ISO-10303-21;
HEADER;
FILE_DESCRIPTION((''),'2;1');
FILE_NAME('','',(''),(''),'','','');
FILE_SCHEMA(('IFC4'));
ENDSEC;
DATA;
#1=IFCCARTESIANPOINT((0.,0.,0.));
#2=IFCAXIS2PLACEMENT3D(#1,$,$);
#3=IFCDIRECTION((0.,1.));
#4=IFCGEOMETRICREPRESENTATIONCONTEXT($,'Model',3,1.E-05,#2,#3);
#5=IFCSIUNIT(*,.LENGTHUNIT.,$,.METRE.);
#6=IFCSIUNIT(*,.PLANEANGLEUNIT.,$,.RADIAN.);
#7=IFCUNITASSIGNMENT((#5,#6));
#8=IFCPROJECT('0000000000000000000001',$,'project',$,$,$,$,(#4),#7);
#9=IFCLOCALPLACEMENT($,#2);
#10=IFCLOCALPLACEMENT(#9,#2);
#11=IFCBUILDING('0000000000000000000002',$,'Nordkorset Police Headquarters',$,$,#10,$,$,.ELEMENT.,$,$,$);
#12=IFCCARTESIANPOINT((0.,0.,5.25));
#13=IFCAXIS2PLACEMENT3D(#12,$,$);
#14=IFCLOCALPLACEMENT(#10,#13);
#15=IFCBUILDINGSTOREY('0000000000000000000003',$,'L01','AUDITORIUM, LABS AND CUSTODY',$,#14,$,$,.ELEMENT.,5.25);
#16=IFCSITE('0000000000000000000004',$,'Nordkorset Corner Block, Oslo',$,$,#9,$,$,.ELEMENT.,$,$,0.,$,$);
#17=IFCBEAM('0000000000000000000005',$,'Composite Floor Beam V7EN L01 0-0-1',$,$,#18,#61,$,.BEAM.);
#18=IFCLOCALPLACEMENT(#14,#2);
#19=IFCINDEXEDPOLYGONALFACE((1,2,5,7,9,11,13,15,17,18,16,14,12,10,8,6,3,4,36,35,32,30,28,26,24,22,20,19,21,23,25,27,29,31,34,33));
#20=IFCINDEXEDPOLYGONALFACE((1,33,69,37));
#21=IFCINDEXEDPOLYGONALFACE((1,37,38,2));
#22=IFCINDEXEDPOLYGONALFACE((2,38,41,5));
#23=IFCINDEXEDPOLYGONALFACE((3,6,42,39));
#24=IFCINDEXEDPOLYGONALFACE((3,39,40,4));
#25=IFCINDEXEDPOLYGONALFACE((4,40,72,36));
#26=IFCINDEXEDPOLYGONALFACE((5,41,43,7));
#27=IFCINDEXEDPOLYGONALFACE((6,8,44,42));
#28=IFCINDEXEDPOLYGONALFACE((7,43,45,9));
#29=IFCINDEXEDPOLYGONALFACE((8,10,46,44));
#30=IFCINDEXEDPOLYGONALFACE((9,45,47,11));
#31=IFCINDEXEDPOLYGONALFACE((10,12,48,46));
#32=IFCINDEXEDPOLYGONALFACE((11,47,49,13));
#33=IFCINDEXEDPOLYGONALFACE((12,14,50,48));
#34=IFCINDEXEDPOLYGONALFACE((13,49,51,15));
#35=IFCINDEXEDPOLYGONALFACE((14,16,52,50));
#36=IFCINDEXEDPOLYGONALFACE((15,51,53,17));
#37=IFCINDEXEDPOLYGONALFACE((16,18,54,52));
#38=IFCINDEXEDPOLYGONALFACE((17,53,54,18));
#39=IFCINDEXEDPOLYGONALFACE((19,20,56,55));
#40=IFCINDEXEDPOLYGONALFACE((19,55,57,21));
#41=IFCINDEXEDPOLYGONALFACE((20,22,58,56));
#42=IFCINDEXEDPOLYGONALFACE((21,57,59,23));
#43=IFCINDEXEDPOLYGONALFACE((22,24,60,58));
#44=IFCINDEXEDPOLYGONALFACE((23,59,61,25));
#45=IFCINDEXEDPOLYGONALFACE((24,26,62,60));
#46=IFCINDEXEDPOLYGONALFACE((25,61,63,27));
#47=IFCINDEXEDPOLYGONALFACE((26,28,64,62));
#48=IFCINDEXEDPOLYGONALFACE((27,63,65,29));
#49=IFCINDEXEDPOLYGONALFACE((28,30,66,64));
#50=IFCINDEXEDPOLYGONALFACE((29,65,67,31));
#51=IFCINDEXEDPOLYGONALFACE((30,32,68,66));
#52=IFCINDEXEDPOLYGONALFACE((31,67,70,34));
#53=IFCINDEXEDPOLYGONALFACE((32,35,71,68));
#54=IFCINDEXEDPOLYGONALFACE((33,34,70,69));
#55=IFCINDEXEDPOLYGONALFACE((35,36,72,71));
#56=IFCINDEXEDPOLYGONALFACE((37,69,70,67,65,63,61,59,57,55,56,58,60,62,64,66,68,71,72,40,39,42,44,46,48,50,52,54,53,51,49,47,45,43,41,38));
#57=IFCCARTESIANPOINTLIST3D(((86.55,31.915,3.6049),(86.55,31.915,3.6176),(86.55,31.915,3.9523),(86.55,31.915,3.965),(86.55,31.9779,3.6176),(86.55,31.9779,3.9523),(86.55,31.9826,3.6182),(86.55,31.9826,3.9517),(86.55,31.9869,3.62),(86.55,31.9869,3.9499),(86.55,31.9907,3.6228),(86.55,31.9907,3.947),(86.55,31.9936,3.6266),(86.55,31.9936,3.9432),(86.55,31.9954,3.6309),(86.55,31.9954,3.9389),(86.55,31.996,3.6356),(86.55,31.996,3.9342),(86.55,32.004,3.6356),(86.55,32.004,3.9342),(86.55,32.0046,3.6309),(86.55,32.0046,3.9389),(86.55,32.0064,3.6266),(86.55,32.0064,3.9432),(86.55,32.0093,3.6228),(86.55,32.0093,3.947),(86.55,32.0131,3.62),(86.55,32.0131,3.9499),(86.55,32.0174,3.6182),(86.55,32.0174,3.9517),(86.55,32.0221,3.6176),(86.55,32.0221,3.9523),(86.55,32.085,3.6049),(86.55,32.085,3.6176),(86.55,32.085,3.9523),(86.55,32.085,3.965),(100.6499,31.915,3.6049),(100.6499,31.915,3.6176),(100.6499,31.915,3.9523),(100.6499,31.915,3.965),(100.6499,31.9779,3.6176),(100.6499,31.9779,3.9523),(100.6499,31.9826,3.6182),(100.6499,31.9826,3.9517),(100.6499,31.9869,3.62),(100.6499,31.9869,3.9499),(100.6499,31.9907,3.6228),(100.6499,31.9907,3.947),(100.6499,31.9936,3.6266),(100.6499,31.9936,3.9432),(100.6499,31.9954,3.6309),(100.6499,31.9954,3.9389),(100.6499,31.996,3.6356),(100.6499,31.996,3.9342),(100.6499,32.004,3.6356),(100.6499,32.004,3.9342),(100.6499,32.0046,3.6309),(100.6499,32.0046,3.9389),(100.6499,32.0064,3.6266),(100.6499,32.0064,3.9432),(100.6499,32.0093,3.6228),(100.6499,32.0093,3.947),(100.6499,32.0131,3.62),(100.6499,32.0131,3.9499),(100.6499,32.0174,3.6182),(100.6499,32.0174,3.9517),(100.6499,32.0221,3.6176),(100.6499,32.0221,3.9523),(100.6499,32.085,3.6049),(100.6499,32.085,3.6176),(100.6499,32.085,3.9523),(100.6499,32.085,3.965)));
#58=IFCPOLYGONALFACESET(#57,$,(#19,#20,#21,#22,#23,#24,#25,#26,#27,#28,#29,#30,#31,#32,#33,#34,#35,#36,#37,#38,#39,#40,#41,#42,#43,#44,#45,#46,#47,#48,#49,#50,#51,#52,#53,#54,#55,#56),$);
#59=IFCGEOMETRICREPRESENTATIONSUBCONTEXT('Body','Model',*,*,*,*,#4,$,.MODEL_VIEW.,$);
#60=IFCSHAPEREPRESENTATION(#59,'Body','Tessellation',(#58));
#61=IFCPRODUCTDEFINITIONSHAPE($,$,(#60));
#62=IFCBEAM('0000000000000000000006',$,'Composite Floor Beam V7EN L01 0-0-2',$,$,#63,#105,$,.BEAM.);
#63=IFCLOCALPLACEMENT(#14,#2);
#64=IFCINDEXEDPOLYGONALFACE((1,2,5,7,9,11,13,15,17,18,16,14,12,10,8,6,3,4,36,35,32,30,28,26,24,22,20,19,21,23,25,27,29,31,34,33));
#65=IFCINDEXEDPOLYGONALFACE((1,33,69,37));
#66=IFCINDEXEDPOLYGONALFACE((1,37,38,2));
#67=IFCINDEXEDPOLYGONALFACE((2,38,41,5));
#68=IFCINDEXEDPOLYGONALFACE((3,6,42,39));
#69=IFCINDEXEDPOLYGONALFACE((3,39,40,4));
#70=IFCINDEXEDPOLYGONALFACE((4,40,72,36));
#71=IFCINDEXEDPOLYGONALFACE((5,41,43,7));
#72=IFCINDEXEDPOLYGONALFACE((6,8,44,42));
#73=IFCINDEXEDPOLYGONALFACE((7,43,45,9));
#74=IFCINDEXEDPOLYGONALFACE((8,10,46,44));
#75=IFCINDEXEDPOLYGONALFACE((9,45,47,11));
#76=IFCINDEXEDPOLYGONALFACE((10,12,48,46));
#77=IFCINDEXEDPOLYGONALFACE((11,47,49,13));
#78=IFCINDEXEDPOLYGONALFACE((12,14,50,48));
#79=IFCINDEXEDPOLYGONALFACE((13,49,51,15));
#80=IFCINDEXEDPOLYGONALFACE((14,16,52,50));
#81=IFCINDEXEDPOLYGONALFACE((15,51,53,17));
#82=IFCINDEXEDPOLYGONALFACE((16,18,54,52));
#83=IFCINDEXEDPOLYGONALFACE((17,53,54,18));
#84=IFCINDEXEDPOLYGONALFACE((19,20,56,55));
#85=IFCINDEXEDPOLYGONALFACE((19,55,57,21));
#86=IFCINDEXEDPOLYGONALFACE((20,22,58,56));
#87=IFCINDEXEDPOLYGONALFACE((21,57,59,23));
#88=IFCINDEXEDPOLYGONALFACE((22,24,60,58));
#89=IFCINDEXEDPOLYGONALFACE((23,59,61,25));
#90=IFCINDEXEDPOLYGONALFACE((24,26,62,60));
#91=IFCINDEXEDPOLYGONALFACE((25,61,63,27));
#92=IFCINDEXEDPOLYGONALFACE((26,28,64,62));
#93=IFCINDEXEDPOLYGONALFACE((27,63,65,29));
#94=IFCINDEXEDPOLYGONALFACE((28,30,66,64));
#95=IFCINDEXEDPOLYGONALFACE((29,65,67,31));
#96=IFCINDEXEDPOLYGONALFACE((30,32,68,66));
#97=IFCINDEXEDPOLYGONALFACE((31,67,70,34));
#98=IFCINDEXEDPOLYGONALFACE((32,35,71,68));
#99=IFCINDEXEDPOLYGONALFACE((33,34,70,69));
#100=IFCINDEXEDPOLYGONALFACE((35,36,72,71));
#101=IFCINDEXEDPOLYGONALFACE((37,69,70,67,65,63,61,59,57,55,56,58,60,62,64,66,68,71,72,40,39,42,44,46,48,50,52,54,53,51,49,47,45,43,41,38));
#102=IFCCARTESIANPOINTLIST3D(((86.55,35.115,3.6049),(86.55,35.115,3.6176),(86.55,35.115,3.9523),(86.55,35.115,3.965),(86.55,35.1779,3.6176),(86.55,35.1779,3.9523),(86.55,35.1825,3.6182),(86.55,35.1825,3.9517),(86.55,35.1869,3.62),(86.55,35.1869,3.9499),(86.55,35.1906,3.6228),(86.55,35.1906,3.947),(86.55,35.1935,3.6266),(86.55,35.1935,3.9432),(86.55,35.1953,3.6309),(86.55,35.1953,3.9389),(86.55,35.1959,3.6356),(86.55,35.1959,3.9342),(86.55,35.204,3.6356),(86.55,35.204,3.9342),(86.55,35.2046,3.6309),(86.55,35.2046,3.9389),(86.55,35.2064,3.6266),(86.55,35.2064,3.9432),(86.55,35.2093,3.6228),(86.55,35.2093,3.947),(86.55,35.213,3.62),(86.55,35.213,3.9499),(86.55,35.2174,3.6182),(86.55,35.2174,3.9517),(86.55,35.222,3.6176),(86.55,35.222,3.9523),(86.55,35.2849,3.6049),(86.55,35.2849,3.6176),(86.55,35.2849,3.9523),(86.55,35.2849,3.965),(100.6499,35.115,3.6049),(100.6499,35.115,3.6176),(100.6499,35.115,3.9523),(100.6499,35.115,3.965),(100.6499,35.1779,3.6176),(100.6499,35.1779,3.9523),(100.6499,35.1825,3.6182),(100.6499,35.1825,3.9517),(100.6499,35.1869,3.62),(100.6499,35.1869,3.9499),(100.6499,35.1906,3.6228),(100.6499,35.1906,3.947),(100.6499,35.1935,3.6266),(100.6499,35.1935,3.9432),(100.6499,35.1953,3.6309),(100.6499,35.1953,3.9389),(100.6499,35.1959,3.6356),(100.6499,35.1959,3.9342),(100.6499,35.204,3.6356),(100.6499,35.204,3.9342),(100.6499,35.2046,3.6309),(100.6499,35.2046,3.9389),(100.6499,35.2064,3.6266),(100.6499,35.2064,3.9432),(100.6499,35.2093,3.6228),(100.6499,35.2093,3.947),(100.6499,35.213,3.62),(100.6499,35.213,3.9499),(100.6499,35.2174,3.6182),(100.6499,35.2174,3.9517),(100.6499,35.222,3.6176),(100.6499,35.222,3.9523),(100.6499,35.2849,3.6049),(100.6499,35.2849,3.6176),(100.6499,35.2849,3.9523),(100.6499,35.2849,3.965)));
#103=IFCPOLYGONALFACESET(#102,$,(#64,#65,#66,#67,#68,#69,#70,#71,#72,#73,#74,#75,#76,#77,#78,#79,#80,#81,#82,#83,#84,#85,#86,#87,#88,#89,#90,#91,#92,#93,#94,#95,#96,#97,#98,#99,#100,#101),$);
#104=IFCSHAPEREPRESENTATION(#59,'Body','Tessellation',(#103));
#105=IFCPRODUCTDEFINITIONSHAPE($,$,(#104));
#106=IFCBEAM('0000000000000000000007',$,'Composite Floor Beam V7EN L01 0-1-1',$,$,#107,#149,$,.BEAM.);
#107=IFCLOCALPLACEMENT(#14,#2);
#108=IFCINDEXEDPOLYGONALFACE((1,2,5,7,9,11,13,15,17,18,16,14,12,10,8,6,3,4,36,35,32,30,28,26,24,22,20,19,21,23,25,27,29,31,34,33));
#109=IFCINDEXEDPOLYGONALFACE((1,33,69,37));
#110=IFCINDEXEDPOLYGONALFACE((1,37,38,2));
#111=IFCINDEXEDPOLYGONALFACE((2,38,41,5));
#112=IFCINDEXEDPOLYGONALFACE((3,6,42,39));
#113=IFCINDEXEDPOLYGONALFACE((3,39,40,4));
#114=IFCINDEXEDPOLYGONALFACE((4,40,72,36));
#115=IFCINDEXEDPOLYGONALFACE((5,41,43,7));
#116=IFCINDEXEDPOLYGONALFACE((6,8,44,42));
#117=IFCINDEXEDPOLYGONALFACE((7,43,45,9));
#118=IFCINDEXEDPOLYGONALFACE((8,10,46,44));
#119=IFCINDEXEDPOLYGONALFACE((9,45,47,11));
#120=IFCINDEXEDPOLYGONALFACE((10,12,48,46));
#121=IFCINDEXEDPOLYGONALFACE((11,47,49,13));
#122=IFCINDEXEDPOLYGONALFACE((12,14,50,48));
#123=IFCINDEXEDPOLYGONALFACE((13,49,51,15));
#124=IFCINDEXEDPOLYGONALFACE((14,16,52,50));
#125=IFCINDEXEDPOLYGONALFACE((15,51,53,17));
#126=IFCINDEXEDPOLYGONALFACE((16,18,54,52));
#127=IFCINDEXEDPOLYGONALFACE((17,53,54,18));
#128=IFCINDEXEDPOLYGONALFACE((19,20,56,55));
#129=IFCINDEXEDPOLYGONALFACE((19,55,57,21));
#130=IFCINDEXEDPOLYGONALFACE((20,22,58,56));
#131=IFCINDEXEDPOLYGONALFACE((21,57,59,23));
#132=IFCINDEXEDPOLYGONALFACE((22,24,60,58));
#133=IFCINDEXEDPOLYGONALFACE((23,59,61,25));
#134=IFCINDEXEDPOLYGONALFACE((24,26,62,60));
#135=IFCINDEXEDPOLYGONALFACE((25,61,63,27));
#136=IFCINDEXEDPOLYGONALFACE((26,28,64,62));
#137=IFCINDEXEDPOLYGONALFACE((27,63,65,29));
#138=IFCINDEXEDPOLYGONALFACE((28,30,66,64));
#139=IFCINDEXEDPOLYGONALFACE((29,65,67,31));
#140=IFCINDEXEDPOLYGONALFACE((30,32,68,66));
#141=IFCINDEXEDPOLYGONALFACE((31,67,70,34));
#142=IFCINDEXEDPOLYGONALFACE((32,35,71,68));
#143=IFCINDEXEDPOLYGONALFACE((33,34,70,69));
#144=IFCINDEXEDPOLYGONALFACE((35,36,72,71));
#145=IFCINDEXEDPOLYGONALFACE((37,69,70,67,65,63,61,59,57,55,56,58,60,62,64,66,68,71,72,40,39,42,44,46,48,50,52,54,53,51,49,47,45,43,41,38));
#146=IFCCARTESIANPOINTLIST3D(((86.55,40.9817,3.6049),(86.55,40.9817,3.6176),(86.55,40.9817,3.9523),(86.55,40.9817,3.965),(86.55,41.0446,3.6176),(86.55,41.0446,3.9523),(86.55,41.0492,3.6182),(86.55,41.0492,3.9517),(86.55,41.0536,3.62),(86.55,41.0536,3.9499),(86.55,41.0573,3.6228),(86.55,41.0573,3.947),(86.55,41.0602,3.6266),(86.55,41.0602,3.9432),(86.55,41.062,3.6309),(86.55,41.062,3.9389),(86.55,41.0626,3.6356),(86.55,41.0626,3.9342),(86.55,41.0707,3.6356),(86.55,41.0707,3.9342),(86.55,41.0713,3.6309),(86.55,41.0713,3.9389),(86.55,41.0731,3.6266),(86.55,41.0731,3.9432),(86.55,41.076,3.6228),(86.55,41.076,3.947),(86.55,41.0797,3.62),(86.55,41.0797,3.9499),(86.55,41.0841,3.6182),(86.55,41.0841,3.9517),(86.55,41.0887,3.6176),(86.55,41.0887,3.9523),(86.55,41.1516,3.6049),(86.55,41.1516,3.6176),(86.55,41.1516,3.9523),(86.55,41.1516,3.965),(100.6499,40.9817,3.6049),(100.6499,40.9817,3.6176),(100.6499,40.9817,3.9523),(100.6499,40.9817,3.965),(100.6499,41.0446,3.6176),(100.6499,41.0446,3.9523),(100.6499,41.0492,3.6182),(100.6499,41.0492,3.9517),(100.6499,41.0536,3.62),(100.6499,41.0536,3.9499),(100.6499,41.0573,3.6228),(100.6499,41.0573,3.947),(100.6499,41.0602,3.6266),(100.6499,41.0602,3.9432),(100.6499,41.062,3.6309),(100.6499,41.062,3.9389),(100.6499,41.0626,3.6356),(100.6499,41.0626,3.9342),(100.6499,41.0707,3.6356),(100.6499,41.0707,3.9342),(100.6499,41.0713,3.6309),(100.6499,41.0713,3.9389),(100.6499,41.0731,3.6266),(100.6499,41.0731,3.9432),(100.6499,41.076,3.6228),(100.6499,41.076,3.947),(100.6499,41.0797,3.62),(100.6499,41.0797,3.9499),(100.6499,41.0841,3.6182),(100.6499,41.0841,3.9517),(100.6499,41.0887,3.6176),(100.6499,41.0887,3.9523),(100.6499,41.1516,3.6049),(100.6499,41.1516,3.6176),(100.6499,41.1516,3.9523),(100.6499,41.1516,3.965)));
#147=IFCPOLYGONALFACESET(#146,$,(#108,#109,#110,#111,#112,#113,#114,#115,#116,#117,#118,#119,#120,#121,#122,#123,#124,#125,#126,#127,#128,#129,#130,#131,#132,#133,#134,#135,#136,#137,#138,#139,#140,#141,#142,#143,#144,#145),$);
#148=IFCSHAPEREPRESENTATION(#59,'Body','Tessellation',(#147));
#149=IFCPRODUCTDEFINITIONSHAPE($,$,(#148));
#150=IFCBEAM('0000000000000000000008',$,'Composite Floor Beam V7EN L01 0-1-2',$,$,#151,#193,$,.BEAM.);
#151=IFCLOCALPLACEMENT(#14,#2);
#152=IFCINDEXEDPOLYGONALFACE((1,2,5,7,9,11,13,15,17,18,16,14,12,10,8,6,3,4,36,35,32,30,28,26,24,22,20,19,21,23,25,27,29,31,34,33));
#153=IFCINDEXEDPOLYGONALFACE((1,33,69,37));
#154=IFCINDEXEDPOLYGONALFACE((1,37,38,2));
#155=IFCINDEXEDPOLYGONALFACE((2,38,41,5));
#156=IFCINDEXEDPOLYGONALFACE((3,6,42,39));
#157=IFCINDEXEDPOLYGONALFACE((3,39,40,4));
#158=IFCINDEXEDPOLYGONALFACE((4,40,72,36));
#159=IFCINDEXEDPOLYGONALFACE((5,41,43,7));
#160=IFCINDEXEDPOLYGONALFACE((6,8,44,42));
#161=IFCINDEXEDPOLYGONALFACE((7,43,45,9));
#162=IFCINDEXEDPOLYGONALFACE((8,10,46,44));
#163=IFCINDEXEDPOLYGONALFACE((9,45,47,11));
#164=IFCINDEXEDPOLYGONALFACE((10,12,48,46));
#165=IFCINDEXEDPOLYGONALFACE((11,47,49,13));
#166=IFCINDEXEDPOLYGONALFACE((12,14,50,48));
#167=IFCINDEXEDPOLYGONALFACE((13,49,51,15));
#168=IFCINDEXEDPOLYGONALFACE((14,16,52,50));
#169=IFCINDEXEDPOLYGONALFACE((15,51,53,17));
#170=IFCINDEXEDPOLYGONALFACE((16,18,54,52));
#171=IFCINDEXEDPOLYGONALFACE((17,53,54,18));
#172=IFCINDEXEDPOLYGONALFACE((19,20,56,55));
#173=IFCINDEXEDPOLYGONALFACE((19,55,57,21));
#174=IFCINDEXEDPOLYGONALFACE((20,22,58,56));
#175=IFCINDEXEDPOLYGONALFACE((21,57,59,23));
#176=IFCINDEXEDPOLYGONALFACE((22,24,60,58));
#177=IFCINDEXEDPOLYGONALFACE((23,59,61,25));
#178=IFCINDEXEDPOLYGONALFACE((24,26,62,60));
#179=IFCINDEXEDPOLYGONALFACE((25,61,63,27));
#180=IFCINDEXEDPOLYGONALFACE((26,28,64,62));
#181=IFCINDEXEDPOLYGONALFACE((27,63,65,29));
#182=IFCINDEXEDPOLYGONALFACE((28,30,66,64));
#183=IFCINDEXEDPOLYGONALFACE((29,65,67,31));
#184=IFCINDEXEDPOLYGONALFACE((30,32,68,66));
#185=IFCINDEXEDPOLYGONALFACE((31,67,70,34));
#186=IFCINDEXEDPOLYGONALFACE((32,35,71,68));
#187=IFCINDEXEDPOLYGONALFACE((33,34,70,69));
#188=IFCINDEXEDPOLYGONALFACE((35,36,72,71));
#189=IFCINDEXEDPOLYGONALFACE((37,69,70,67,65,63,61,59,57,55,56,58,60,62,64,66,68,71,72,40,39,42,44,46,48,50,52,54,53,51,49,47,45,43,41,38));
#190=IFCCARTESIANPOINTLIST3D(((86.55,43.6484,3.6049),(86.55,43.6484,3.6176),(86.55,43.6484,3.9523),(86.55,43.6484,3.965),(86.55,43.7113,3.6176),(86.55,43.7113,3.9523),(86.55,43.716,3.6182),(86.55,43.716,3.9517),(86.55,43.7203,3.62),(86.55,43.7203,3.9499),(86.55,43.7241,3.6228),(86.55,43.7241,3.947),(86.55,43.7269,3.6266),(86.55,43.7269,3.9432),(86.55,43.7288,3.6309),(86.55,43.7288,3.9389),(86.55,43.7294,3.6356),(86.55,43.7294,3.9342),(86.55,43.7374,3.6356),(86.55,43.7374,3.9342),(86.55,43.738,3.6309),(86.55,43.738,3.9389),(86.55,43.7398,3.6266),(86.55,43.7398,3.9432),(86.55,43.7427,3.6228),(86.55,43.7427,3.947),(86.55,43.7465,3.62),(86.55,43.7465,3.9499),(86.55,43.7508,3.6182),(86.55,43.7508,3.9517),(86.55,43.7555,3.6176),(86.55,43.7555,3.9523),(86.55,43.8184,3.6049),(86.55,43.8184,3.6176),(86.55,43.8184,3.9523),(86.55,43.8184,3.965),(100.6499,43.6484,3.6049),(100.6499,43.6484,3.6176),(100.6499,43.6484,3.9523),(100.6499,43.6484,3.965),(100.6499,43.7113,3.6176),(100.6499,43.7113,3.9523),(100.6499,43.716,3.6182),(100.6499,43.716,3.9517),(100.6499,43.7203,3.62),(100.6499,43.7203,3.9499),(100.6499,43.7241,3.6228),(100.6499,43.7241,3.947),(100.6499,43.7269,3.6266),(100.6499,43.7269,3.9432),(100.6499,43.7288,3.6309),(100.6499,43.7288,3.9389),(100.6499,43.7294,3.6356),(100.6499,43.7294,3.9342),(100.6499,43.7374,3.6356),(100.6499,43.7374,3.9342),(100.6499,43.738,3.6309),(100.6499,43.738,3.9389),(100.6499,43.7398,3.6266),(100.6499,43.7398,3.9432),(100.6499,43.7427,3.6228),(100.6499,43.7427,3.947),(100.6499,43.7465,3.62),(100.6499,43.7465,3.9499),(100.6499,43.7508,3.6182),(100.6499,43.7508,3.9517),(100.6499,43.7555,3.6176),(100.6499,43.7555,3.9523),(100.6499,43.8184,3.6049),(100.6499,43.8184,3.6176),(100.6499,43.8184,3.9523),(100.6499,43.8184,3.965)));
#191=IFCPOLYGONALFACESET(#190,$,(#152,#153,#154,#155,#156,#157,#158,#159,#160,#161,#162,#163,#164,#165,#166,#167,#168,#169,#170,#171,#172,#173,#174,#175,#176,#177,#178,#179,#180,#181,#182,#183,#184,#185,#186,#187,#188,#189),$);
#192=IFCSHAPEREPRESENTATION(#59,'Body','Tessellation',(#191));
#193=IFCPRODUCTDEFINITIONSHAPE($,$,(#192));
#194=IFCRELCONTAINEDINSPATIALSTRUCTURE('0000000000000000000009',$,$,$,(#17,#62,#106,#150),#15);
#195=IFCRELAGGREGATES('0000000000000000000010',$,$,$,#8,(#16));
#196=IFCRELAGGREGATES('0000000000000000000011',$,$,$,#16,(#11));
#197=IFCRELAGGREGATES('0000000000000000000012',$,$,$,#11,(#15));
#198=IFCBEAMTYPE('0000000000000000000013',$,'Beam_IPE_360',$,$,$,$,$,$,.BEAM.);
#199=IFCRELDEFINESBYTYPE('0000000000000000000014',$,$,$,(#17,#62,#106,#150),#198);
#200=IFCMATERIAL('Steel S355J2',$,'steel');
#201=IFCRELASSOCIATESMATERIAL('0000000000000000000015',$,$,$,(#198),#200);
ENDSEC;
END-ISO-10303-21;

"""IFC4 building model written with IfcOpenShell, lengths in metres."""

from ifc_helpers import new_model, si_unit, direction, frame, origin, origin_2d, place, context, subcontext, project, spatial, i_section, extrude, material, material_profile, profile_set, type_object, element, save


model = new_model("IFC4")

# Units and contexts
model_context = context("Model", 3, precision=1e-05, world=origin(), true_north=direction((0.0, 1.0)))
body_context = subcontext(model_context, "Body", "Model", "MODEL_VIEW")
ifc_project = project(units=[si_unit("LENGTHUNIT", "METRE"), si_unit("PLANEANGLEUNIT", "RADIAN")], contexts=[model_context])

# Site, building, storey
site_placement = place(None, origin())
site = spatial("IfcSite", under=ifc_project, at=site_placement, Name="Nordkorset Corner Block, Oslo", CompositionType="ELEMENT", RefElevation=0.0)
building_placement = place(site_placement, origin())
building = spatial("IfcBuilding", under=site, at=building_placement, Name="Nordkorset Police Headquarters", CompositionType="ELEMENT")
storey_placement = place(building_placement, frame((0.0, 0.0, 5.25)))
storey = spatial("IfcBuildingStorey", under=building, at=storey_placement, Name="L01", Description="AUDITORIUM, LABS AND CUSTODY", CompositionType="ELEMENT", Elevation=5.25)

# Beams
ifc_material_1 = material(Name="Steel S355J2", Category="steel")
ifc_material_profile_1 = material_profile(ifc_material_1, i_section(OverallWidth=0.1699, OverallDepth=0.3601, WebThickness=0.0081, FlangeThickness=0.0127, FilletRadius=0.0181, at=origin_2d()), Name="IPE 360")
ifc_profile_set_1 = profile_set([ifc_material_profile_1], Name="Steel S355J2")
beam_type_1 = type_object("IfcBeamType", Name="Beam_IPE_360", PredefinedType="BEAM", material=ifc_profile_set_1)
for number, where, z_axis, x_axis, name in (
    (1, (86.55, 32.0, 3.7849), (1.0, 0.0, 0.0), (0.0, 1.0, 0.0), "Composite Floor Beam V7EN L01 0-0-1"),
    (2, (86.55, 35.2, 3.7849), (1.0, 0.0, 0.0), (0.0, 1.0, 0.0), "Composite Floor Beam V7EN L01 0-0-2"),
    (3, (86.55, 41.0667, 3.7849), (1.0, 0.0, 0.0), (0.0, 1.0, 0.0), "Composite Floor Beam V7EN L01 0-1-1"),
    (4, (86.55, 43.7334, 3.7849), (1.0, 0.0, 0.0), (0.0, 1.0, 0.0), "Composite Floor Beam V7EN L01 0-1-2"),
):
    element("IfcBeam", number, at=place(storey_placement, frame(where, z_axis=z_axis, x_axis=x_axis)), inside=storey, type_object=beam_type_1, Name=name, PredefinedType="BEAM", context=body_context, shape_type="SweptSolid", body=[
        extrude(i_section(OverallWidth=0.1699, OverallDepth=0.3601, WebThickness=0.0081, FlangeThickness=0.0127, FilletRadius=0.0181, at=origin_2d()), origin(), (0.0, 0.0, 1.0), 14.0999),
    ])

save(model, "model.ifc")
